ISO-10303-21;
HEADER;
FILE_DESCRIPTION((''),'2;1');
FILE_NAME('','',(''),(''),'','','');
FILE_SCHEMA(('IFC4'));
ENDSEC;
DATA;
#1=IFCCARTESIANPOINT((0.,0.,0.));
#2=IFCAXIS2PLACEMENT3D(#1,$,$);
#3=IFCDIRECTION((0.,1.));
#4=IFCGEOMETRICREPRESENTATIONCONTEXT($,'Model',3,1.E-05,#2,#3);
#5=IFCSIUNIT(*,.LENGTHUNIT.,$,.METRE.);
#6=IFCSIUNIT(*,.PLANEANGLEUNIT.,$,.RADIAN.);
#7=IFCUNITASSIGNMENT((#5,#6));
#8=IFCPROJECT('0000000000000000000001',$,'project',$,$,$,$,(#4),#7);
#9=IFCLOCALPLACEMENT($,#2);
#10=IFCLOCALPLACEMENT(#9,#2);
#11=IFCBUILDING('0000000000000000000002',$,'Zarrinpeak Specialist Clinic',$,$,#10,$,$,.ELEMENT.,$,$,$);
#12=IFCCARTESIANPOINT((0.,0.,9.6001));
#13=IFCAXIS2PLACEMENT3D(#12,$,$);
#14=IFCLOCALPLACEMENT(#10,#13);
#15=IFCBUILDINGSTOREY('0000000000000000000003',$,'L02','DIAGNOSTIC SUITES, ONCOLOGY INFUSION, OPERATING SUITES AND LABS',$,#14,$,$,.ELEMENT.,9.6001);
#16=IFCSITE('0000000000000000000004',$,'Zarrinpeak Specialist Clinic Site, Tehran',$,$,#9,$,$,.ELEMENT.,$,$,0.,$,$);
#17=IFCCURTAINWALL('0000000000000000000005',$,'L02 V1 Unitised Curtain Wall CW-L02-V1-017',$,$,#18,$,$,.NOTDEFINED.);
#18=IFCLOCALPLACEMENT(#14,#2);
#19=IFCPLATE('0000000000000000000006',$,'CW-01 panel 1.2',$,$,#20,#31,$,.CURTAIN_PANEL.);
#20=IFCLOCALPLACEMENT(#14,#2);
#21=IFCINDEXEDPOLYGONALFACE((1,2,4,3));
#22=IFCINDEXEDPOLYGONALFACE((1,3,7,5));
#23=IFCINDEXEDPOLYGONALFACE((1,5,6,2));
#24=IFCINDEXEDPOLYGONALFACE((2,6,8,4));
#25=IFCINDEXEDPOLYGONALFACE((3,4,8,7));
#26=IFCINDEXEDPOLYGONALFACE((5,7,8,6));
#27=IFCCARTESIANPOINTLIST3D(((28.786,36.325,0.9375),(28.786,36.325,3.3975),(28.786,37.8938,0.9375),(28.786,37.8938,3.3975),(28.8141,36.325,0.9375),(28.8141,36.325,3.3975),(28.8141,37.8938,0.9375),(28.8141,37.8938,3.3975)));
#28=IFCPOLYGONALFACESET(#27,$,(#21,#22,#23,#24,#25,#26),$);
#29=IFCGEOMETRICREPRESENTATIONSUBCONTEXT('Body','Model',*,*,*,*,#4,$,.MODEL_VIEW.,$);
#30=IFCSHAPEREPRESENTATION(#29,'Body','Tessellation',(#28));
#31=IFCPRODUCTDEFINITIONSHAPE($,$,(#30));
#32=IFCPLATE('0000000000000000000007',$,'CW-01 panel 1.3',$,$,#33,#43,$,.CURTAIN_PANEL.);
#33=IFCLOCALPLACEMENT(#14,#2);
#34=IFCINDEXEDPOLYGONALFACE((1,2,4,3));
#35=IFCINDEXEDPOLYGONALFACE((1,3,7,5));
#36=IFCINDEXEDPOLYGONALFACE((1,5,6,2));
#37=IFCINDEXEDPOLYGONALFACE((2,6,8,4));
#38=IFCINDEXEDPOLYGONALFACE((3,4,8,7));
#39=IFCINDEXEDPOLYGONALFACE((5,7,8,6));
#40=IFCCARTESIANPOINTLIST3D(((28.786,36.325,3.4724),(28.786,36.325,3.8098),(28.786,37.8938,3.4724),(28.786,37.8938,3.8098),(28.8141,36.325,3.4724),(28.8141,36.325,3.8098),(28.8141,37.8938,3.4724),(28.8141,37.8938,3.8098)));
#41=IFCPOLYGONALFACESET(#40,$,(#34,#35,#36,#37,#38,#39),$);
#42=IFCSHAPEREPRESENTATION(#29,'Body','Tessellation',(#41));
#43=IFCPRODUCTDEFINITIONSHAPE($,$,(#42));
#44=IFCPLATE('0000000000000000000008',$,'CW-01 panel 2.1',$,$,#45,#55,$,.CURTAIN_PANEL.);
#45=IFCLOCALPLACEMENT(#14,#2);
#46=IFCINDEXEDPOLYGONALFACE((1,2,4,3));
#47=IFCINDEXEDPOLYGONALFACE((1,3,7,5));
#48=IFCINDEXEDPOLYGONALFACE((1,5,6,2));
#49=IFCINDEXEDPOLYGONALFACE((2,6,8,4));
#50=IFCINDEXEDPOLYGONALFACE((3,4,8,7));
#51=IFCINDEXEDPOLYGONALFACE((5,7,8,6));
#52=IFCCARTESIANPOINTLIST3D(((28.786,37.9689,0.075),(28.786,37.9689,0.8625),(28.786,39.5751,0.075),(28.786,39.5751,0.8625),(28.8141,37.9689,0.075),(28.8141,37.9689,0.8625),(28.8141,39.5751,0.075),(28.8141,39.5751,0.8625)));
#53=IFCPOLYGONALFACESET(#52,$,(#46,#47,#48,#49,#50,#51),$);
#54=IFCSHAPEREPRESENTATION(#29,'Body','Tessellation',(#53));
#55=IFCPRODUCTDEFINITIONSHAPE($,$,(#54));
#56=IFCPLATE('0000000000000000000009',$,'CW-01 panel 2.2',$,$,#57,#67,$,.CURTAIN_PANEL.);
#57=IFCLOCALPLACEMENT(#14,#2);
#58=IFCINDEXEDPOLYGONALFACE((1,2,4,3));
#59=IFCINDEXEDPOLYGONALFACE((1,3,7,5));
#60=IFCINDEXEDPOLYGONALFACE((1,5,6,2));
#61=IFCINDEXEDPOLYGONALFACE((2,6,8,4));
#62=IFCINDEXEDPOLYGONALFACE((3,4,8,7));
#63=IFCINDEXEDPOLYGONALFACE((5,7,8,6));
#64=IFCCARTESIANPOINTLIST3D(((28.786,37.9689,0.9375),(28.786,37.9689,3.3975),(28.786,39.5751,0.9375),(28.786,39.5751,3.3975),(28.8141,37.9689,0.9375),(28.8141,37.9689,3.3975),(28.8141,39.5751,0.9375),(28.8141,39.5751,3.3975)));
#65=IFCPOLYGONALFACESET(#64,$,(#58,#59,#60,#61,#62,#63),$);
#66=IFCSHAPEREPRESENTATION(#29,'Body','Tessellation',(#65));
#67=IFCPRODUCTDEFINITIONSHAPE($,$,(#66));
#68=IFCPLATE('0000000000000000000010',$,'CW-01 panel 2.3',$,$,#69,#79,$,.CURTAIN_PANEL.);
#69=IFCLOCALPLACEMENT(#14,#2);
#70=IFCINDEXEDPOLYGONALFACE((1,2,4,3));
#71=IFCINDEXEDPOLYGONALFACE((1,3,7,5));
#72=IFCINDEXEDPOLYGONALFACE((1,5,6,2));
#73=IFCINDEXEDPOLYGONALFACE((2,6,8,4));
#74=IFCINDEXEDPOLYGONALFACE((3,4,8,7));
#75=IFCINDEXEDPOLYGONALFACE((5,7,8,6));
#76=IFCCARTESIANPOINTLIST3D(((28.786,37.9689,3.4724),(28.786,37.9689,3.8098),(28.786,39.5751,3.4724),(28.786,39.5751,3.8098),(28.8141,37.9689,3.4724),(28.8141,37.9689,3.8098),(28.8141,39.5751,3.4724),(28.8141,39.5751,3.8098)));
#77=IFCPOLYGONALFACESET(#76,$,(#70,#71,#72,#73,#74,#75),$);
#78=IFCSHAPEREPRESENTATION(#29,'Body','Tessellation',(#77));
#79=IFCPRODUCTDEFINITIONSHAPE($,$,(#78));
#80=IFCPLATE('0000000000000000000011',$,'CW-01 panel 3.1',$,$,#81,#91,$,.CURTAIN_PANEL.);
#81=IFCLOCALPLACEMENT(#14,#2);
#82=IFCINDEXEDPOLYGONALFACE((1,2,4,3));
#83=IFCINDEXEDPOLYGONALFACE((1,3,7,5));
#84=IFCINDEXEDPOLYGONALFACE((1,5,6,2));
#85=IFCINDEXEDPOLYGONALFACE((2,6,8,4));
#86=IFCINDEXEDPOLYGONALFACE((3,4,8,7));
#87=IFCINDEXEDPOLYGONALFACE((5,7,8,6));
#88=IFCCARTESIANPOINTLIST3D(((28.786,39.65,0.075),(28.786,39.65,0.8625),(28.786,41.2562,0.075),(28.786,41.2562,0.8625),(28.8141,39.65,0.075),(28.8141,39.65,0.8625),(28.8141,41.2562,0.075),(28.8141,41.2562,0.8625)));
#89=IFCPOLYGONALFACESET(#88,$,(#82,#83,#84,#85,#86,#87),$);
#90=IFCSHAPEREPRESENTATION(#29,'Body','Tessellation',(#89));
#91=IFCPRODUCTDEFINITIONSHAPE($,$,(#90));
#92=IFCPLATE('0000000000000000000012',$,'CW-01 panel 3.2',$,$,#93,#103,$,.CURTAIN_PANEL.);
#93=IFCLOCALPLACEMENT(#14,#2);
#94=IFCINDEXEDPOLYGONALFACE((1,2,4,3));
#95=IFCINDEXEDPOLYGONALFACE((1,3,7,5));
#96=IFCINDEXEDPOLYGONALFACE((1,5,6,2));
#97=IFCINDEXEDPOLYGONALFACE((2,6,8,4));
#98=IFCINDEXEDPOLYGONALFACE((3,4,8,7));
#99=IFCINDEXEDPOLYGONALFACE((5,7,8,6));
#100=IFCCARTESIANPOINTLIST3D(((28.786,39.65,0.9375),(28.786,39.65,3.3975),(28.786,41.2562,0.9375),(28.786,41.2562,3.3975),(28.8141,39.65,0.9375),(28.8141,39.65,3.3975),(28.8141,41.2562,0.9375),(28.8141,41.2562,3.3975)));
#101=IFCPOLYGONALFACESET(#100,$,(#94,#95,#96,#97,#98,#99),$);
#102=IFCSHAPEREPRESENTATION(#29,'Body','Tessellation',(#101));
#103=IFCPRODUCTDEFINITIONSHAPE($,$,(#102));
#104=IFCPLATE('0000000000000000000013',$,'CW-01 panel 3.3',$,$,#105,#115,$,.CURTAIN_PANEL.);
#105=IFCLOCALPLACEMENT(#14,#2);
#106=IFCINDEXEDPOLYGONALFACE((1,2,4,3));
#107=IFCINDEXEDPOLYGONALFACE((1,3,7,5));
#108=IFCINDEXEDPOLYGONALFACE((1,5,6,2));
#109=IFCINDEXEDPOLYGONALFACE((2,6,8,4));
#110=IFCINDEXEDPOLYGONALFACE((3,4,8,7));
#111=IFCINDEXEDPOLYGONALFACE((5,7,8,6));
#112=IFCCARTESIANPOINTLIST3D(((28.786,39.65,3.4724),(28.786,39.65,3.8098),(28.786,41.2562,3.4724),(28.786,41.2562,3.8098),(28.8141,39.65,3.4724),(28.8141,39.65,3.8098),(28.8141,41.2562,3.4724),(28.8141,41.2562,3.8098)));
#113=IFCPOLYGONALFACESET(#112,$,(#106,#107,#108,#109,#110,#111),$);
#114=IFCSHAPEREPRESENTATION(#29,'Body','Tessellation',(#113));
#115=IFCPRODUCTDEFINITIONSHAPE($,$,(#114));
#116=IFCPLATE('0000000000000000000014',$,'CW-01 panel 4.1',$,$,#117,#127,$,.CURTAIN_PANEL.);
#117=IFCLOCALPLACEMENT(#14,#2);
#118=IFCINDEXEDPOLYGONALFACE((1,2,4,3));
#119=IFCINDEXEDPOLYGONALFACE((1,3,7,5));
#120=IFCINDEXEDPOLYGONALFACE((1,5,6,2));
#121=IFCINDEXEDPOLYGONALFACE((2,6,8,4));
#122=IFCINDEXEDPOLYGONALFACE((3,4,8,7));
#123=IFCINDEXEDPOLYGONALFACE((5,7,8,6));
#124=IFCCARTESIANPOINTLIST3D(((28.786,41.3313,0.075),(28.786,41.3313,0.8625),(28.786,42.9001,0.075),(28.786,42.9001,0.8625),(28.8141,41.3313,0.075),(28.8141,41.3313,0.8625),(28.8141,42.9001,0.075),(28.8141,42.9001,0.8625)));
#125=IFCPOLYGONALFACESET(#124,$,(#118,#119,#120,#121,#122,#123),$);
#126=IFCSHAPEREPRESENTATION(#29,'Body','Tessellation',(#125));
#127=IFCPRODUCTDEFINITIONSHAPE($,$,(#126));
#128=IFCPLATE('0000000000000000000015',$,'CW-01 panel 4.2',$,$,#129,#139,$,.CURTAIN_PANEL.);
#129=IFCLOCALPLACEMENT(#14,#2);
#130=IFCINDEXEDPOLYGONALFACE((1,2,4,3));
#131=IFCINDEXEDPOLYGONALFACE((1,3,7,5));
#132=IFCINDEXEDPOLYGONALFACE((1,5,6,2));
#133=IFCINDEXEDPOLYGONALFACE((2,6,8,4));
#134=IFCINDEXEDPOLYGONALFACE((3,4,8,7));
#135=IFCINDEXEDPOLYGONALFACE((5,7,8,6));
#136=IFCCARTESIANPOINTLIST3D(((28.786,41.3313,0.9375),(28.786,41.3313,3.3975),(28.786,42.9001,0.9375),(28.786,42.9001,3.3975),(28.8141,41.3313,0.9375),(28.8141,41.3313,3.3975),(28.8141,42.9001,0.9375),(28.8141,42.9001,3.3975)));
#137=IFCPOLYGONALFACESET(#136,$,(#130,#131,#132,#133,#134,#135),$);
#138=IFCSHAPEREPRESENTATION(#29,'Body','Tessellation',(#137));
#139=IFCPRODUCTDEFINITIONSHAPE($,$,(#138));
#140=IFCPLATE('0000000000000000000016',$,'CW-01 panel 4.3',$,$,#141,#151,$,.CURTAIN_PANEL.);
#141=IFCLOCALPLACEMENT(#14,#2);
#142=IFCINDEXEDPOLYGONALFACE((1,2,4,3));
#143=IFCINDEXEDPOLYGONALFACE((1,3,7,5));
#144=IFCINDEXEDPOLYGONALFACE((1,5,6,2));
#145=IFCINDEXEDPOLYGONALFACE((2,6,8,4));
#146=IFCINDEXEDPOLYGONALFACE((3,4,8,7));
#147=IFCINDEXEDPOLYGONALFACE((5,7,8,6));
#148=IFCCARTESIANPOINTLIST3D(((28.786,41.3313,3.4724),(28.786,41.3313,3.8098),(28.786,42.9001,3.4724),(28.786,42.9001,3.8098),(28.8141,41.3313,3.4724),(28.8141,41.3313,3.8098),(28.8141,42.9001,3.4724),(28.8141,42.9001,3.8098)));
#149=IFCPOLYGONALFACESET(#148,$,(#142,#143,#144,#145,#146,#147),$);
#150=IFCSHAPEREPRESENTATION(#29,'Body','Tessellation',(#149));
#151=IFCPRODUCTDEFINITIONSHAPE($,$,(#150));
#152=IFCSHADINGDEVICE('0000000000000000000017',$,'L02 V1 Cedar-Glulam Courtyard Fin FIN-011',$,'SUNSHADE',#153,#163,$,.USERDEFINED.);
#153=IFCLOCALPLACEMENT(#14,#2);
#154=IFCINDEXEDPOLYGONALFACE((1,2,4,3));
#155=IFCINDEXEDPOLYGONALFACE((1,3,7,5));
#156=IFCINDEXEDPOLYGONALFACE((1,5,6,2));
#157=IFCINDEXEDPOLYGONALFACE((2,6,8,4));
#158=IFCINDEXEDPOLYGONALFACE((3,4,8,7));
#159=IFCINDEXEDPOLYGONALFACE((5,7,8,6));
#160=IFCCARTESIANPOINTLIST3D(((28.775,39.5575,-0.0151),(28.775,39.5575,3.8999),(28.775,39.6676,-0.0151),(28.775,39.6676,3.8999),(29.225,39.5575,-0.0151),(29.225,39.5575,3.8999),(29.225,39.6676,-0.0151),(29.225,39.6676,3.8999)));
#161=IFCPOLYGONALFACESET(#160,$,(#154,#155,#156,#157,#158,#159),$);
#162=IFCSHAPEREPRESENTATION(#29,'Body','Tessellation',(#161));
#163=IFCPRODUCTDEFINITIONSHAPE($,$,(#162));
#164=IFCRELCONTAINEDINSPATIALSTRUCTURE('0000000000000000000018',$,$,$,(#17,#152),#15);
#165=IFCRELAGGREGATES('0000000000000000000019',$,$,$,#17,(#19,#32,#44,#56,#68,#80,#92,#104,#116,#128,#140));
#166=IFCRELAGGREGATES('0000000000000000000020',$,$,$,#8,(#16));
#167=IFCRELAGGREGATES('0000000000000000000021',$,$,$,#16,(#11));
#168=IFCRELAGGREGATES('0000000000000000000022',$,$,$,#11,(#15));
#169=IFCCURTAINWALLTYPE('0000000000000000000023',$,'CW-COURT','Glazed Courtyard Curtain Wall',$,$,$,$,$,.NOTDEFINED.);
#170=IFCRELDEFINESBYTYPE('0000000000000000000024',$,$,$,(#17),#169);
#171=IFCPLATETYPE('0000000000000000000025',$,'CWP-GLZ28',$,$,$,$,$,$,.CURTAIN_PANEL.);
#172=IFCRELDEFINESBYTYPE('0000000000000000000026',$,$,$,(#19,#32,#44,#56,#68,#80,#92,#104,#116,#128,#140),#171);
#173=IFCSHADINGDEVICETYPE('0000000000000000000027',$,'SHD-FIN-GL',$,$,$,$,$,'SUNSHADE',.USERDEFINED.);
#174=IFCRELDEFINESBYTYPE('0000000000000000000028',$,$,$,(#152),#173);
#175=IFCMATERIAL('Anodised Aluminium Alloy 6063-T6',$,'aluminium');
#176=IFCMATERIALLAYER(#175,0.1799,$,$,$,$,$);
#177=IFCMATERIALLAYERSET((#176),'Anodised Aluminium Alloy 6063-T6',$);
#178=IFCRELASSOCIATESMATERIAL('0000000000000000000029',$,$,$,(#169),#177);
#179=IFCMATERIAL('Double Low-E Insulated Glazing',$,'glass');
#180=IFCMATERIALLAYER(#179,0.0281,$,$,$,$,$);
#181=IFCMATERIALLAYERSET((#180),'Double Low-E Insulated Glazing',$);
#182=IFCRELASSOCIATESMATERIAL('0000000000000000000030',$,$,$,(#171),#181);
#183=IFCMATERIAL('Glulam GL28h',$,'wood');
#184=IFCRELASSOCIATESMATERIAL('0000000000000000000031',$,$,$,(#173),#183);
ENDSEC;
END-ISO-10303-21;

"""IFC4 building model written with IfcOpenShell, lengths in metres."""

from ifc_helpers import new_model, si_unit, direction, frame, origin, origin_2d, place, context, subcontext, project, spatial, rectangle, extrude, material, layer, layer_set, type_object, element, aggregate, save


model = new_model("IFC4")

# Units and contexts
model_context = context("Model", 3, precision=1e-05, world=origin(), true_north=direction((0.0, 1.0)))
body_context = subcontext(model_context, "Body", "Model", "MODEL_VIEW")
ifc_project = project(units=[si_unit("LENGTHUNIT", "METRE"), si_unit("PLANEANGLEUNIT", "RADIAN")], contexts=[model_context])

# Site, building, storey
site_placement = place(None, origin())
site = spatial("IfcSite", under=ifc_project, at=site_placement, Name="Zarrinpeak Specialist Clinic Site, Tehran", CompositionType="ELEMENT", RefElevation=0.0)
building_placement = place(site_placement, origin())
building = spatial("IfcBuilding", under=site, at=building_placement, Name="Zarrinpeak Specialist Clinic", CompositionType="ELEMENT")
storey_placement = place(building_placement, frame((0.0, 0.0, 9.6001)))
storey = spatial("IfcBuildingStorey", under=building, at=storey_placement, Name="L02", Description="DIAGNOSTIC SUITES, ONCOLOGY INFUSION, OPERATING SUITES AND LABS", CompositionType="ELEMENT", Elevation=9.6001)

# Curtain wall, plates
ifc_material_1 = material(Name="Anodised Aluminium Alloy 6063-T6", Category="aluminium")
ifc_layer_1 = layer(ifc_material_1, 0.1799)
ifc_layer_set_1 = layer_set([ifc_layer_1], Name="Anodised Aluminium Alloy 6063-T6")
curtain_wall_type = type_object("IfcCurtainWallType", Name="CW-COURT", Description="Glazed Courtyard Curtain Wall", PredefinedType="NOTDEFINED", material=ifc_layer_set_1)
curtain_wall_placement = place(storey_placement, origin())
curtain_wall = element("IfcCurtainWall", 1, at=curtain_wall_placement, inside=storey, type_object=curtain_wall_type, Name="L02 V1 Unitised Curtain Wall CW-L02-V1-017", PredefinedType="NOTDEFINED")
ifc_material_2 = material(Name="Double Low-E Insulated Glazing", Category="glass")
ifc_layer_2 = layer(ifc_material_2, 0.0281)
ifc_layer_set_2 = layer_set([ifc_layer_2], Name="Double Low-E Insulated Glazing")
plate_type = type_object("IfcPlateType", Name="CWP-GLZ28", PredefinedType="CURTAIN_PANEL", material=ifc_layer_set_2)
plate_1_placement = place(storey_placement, frame((28.8, 37.1094, 0.9375), z_axis=(0.0, 0.0, 1.0), x_axis=(0.0, 1.0, 0.0)))
plate_1 = element("IfcPlate", 2, at=plate_1_placement, type_object=plate_type, Name="CW-01 panel 1.2", PredefinedType="CURTAIN_PANEL", context=body_context, shape_type="SweptSolid", body=[
    extrude(rectangle(XDim=1.5688, YDim=0.0281, at=origin_2d()), origin(), (0.0, 0.0, 1.0), 2.46),
])
plate_2_placement = place(storey_placement, frame((28.8, 37.1094, 3.4724), z_axis=(0.0, 0.0, 1.0), x_axis=(0.0, 1.0, 0.0)))
plate_2 = element("IfcPlate", 3, at=plate_2_placement, type_object=plate_type, Name="CW-01 panel 1.3", PredefinedType="CURTAIN_PANEL", context=body_context, shape_type="SweptSolid", body=[
    extrude(rectangle(XDim=1.5688, YDim=0.0281, at=origin_2d()), origin(), (0.0, 0.0, 1.0), 0.3374),
])
plate_3_placement = place(storey_placement, frame((28.8, 38.772, 0.075), z_axis=(0.0, 0.0, 1.0), x_axis=(0.0, 1.0, 0.0)))
plate_3 = element("IfcPlate", 4, at=plate_3_placement, type_object=plate_type, Name="CW-01 panel 2.1", PredefinedType="CURTAIN_PANEL", context=body_context, shape_type="SweptSolid", body=[
    extrude(rectangle(XDim=1.6062, YDim=0.0281, at=origin_2d()), origin(), (0.0, 0.0, 1.0), 0.7876),
])
plate_4_placement = place(storey_placement, frame((28.8, 38.772, 0.9375), z_axis=(0.0, 0.0, 1.0), x_axis=(0.0, 1.0, 0.0)))
plate_4 = element("IfcPlate", 5, at=plate_4_placement, type_object=plate_type, Name="CW-01 panel 2.2", PredefinedType="CURTAIN_PANEL", context=body_context, shape_type="SweptSolid", body=[
    extrude(rectangle(XDim=1.6062, YDim=0.0281, at=origin_2d()), origin(), (0.0, 0.0, 1.0), 2.46),
])
plate_5_placement = place(storey_placement, frame((28.8, 38.772, 3.4724), z_axis=(0.0, 0.0, 1.0), x_axis=(0.0, 1.0, 0.0)))
plate_5 = element("IfcPlate", 6, at=plate_5_placement, type_object=plate_type, Name="CW-01 panel 2.3", PredefinedType="CURTAIN_PANEL", context=body_context, shape_type="SweptSolid", body=[
    extrude(rectangle(XDim=1.6062, YDim=0.0281, at=origin_2d()), origin(), (0.0, 0.0, 1.0), 0.3374),
])
plate_6_placement = place(storey_placement, frame((28.8, 40.4531, 0.075), z_axis=(0.0, 0.0, 1.0), x_axis=(0.0, 1.0, 0.0)))
plate_6 = element("IfcPlate", 7, at=plate_6_placement, type_object=plate_type, Name="CW-01 panel 3.1", PredefinedType="CURTAIN_PANEL", context=body_context, shape_type="SweptSolid", body=[
    extrude(rectangle(XDim=1.6062, YDim=0.0281, at=origin_2d()), origin(), (0.0, 0.0, 1.0), 0.7876),
])
plate_7_placement = place(storey_placement, frame((28.8, 40.4531, 0.9375), z_axis=(0.0, 0.0, 1.0), x_axis=(0.0, 1.0, 0.0)))
plate_7 = element("IfcPlate", 8, at=plate_7_placement, type_object=plate_type, Name="CW-01 panel 3.2", PredefinedType="CURTAIN_PANEL", context=body_context, shape_type="SweptSolid", body=[
    extrude(rectangle(XDim=1.6062, YDim=0.0281, at=origin_2d()), origin(), (0.0, 0.0, 1.0), 2.46),
])
plate_8_placement = place(storey_placement, frame((28.8, 40.4531, 3.4724), z_axis=(0.0, 0.0, 1.0), x_axis=(0.0, 1.0, 0.0)))
plate_8 = element("IfcPlate", 9, at=plate_8_placement, type_object=plate_type, Name="CW-01 panel 3.3", PredefinedType="CURTAIN_PANEL", context=body_context, shape_type="SweptSolid", body=[
    extrude(rectangle(XDim=1.6062, YDim=0.0281, at=origin_2d()), origin(), (0.0, 0.0, 1.0), 0.3374),
])
plate_9_placement = place(storey_placement, frame((28.8, 42.1157, 0.075), z_axis=(0.0, 0.0, 1.0), x_axis=(0.0, 1.0, 0.0)))
plate_9 = element("IfcPlate", 10, at=plate_9_placement, type_object=plate_type, Name="CW-01 panel 4.1", PredefinedType="CURTAIN_PANEL", context=body_context, shape_type="SweptSolid", body=[
    extrude(rectangle(XDim=1.5688, YDim=0.0281, at=origin_2d()), origin(), (0.0, 0.0, 1.0), 0.7876),
])
plate_10_placement = place(storey_placement, frame((28.8, 42.1157, 0.9375), z_axis=(0.0, 0.0, 1.0), x_axis=(0.0, 1.0, 0.0)))
plate_10 = element("IfcPlate", 11, at=plate_10_placement, type_object=plate_type, Name="CW-01 panel 4.2", PredefinedType="CURTAIN_PANEL", context=body_context, shape_type="SweptSolid", body=[
    extrude(rectangle(XDim=1.5688, YDim=0.0281, at=origin_2d()), origin(), (0.0, 0.0, 1.0), 2.46),
])
plate_11_placement = place(storey_placement, frame((28.8, 42.1157, 3.4724), z_axis=(0.0, 0.0, 1.0), x_axis=(0.0, 1.0, 0.0)))
plate_11 = element("IfcPlate", 12, at=plate_11_placement, type_object=plate_type, Name="CW-01 panel 4.3", PredefinedType="CURTAIN_PANEL", context=body_context, shape_type="SweptSolid", body=[
    extrude(rectangle(XDim=1.5688, YDim=0.0281, at=origin_2d()), origin(), (0.0, 0.0, 1.0), 0.3374),
])
aggregate(curtain_wall, [plate_1, plate_2, plate_3, plate_4, plate_5, plate_6, plate_7, plate_8, plate_9, plate_10, plate_11])

# Shading device
ifc_material_3 = material(Name="Glulam GL28h", Category="wood")
shading_device_type = type_object("IfcShadingDeviceType", Name="SHD-FIN-GL", ElementType="SUNSHADE", PredefinedType="USERDEFINED", material=ifc_material_3)
shading_device_placement = place(storey_placement, frame((29.0, 39.6125, -0.0151), z_axis=(0.0, 0.0, 1.0), x_axis=(1.0, 0.0, 0.0)))
element("IfcShadingDevice", 13, at=shading_device_placement, inside=storey, type_object=shading_device_type, Name="L02 V1 Cedar-Glulam Courtyard Fin FIN-011", ObjectType="SUNSHADE", PredefinedType="USERDEFINED", context=body_context, shape_type="SweptSolid", body=[
    extrude(rectangle(XDim=0.45, YDim=0.1101, at=origin_2d()), origin(), (0.0, 0.0, 1.0), 3.915),
])

save(model, "model.ifc")
